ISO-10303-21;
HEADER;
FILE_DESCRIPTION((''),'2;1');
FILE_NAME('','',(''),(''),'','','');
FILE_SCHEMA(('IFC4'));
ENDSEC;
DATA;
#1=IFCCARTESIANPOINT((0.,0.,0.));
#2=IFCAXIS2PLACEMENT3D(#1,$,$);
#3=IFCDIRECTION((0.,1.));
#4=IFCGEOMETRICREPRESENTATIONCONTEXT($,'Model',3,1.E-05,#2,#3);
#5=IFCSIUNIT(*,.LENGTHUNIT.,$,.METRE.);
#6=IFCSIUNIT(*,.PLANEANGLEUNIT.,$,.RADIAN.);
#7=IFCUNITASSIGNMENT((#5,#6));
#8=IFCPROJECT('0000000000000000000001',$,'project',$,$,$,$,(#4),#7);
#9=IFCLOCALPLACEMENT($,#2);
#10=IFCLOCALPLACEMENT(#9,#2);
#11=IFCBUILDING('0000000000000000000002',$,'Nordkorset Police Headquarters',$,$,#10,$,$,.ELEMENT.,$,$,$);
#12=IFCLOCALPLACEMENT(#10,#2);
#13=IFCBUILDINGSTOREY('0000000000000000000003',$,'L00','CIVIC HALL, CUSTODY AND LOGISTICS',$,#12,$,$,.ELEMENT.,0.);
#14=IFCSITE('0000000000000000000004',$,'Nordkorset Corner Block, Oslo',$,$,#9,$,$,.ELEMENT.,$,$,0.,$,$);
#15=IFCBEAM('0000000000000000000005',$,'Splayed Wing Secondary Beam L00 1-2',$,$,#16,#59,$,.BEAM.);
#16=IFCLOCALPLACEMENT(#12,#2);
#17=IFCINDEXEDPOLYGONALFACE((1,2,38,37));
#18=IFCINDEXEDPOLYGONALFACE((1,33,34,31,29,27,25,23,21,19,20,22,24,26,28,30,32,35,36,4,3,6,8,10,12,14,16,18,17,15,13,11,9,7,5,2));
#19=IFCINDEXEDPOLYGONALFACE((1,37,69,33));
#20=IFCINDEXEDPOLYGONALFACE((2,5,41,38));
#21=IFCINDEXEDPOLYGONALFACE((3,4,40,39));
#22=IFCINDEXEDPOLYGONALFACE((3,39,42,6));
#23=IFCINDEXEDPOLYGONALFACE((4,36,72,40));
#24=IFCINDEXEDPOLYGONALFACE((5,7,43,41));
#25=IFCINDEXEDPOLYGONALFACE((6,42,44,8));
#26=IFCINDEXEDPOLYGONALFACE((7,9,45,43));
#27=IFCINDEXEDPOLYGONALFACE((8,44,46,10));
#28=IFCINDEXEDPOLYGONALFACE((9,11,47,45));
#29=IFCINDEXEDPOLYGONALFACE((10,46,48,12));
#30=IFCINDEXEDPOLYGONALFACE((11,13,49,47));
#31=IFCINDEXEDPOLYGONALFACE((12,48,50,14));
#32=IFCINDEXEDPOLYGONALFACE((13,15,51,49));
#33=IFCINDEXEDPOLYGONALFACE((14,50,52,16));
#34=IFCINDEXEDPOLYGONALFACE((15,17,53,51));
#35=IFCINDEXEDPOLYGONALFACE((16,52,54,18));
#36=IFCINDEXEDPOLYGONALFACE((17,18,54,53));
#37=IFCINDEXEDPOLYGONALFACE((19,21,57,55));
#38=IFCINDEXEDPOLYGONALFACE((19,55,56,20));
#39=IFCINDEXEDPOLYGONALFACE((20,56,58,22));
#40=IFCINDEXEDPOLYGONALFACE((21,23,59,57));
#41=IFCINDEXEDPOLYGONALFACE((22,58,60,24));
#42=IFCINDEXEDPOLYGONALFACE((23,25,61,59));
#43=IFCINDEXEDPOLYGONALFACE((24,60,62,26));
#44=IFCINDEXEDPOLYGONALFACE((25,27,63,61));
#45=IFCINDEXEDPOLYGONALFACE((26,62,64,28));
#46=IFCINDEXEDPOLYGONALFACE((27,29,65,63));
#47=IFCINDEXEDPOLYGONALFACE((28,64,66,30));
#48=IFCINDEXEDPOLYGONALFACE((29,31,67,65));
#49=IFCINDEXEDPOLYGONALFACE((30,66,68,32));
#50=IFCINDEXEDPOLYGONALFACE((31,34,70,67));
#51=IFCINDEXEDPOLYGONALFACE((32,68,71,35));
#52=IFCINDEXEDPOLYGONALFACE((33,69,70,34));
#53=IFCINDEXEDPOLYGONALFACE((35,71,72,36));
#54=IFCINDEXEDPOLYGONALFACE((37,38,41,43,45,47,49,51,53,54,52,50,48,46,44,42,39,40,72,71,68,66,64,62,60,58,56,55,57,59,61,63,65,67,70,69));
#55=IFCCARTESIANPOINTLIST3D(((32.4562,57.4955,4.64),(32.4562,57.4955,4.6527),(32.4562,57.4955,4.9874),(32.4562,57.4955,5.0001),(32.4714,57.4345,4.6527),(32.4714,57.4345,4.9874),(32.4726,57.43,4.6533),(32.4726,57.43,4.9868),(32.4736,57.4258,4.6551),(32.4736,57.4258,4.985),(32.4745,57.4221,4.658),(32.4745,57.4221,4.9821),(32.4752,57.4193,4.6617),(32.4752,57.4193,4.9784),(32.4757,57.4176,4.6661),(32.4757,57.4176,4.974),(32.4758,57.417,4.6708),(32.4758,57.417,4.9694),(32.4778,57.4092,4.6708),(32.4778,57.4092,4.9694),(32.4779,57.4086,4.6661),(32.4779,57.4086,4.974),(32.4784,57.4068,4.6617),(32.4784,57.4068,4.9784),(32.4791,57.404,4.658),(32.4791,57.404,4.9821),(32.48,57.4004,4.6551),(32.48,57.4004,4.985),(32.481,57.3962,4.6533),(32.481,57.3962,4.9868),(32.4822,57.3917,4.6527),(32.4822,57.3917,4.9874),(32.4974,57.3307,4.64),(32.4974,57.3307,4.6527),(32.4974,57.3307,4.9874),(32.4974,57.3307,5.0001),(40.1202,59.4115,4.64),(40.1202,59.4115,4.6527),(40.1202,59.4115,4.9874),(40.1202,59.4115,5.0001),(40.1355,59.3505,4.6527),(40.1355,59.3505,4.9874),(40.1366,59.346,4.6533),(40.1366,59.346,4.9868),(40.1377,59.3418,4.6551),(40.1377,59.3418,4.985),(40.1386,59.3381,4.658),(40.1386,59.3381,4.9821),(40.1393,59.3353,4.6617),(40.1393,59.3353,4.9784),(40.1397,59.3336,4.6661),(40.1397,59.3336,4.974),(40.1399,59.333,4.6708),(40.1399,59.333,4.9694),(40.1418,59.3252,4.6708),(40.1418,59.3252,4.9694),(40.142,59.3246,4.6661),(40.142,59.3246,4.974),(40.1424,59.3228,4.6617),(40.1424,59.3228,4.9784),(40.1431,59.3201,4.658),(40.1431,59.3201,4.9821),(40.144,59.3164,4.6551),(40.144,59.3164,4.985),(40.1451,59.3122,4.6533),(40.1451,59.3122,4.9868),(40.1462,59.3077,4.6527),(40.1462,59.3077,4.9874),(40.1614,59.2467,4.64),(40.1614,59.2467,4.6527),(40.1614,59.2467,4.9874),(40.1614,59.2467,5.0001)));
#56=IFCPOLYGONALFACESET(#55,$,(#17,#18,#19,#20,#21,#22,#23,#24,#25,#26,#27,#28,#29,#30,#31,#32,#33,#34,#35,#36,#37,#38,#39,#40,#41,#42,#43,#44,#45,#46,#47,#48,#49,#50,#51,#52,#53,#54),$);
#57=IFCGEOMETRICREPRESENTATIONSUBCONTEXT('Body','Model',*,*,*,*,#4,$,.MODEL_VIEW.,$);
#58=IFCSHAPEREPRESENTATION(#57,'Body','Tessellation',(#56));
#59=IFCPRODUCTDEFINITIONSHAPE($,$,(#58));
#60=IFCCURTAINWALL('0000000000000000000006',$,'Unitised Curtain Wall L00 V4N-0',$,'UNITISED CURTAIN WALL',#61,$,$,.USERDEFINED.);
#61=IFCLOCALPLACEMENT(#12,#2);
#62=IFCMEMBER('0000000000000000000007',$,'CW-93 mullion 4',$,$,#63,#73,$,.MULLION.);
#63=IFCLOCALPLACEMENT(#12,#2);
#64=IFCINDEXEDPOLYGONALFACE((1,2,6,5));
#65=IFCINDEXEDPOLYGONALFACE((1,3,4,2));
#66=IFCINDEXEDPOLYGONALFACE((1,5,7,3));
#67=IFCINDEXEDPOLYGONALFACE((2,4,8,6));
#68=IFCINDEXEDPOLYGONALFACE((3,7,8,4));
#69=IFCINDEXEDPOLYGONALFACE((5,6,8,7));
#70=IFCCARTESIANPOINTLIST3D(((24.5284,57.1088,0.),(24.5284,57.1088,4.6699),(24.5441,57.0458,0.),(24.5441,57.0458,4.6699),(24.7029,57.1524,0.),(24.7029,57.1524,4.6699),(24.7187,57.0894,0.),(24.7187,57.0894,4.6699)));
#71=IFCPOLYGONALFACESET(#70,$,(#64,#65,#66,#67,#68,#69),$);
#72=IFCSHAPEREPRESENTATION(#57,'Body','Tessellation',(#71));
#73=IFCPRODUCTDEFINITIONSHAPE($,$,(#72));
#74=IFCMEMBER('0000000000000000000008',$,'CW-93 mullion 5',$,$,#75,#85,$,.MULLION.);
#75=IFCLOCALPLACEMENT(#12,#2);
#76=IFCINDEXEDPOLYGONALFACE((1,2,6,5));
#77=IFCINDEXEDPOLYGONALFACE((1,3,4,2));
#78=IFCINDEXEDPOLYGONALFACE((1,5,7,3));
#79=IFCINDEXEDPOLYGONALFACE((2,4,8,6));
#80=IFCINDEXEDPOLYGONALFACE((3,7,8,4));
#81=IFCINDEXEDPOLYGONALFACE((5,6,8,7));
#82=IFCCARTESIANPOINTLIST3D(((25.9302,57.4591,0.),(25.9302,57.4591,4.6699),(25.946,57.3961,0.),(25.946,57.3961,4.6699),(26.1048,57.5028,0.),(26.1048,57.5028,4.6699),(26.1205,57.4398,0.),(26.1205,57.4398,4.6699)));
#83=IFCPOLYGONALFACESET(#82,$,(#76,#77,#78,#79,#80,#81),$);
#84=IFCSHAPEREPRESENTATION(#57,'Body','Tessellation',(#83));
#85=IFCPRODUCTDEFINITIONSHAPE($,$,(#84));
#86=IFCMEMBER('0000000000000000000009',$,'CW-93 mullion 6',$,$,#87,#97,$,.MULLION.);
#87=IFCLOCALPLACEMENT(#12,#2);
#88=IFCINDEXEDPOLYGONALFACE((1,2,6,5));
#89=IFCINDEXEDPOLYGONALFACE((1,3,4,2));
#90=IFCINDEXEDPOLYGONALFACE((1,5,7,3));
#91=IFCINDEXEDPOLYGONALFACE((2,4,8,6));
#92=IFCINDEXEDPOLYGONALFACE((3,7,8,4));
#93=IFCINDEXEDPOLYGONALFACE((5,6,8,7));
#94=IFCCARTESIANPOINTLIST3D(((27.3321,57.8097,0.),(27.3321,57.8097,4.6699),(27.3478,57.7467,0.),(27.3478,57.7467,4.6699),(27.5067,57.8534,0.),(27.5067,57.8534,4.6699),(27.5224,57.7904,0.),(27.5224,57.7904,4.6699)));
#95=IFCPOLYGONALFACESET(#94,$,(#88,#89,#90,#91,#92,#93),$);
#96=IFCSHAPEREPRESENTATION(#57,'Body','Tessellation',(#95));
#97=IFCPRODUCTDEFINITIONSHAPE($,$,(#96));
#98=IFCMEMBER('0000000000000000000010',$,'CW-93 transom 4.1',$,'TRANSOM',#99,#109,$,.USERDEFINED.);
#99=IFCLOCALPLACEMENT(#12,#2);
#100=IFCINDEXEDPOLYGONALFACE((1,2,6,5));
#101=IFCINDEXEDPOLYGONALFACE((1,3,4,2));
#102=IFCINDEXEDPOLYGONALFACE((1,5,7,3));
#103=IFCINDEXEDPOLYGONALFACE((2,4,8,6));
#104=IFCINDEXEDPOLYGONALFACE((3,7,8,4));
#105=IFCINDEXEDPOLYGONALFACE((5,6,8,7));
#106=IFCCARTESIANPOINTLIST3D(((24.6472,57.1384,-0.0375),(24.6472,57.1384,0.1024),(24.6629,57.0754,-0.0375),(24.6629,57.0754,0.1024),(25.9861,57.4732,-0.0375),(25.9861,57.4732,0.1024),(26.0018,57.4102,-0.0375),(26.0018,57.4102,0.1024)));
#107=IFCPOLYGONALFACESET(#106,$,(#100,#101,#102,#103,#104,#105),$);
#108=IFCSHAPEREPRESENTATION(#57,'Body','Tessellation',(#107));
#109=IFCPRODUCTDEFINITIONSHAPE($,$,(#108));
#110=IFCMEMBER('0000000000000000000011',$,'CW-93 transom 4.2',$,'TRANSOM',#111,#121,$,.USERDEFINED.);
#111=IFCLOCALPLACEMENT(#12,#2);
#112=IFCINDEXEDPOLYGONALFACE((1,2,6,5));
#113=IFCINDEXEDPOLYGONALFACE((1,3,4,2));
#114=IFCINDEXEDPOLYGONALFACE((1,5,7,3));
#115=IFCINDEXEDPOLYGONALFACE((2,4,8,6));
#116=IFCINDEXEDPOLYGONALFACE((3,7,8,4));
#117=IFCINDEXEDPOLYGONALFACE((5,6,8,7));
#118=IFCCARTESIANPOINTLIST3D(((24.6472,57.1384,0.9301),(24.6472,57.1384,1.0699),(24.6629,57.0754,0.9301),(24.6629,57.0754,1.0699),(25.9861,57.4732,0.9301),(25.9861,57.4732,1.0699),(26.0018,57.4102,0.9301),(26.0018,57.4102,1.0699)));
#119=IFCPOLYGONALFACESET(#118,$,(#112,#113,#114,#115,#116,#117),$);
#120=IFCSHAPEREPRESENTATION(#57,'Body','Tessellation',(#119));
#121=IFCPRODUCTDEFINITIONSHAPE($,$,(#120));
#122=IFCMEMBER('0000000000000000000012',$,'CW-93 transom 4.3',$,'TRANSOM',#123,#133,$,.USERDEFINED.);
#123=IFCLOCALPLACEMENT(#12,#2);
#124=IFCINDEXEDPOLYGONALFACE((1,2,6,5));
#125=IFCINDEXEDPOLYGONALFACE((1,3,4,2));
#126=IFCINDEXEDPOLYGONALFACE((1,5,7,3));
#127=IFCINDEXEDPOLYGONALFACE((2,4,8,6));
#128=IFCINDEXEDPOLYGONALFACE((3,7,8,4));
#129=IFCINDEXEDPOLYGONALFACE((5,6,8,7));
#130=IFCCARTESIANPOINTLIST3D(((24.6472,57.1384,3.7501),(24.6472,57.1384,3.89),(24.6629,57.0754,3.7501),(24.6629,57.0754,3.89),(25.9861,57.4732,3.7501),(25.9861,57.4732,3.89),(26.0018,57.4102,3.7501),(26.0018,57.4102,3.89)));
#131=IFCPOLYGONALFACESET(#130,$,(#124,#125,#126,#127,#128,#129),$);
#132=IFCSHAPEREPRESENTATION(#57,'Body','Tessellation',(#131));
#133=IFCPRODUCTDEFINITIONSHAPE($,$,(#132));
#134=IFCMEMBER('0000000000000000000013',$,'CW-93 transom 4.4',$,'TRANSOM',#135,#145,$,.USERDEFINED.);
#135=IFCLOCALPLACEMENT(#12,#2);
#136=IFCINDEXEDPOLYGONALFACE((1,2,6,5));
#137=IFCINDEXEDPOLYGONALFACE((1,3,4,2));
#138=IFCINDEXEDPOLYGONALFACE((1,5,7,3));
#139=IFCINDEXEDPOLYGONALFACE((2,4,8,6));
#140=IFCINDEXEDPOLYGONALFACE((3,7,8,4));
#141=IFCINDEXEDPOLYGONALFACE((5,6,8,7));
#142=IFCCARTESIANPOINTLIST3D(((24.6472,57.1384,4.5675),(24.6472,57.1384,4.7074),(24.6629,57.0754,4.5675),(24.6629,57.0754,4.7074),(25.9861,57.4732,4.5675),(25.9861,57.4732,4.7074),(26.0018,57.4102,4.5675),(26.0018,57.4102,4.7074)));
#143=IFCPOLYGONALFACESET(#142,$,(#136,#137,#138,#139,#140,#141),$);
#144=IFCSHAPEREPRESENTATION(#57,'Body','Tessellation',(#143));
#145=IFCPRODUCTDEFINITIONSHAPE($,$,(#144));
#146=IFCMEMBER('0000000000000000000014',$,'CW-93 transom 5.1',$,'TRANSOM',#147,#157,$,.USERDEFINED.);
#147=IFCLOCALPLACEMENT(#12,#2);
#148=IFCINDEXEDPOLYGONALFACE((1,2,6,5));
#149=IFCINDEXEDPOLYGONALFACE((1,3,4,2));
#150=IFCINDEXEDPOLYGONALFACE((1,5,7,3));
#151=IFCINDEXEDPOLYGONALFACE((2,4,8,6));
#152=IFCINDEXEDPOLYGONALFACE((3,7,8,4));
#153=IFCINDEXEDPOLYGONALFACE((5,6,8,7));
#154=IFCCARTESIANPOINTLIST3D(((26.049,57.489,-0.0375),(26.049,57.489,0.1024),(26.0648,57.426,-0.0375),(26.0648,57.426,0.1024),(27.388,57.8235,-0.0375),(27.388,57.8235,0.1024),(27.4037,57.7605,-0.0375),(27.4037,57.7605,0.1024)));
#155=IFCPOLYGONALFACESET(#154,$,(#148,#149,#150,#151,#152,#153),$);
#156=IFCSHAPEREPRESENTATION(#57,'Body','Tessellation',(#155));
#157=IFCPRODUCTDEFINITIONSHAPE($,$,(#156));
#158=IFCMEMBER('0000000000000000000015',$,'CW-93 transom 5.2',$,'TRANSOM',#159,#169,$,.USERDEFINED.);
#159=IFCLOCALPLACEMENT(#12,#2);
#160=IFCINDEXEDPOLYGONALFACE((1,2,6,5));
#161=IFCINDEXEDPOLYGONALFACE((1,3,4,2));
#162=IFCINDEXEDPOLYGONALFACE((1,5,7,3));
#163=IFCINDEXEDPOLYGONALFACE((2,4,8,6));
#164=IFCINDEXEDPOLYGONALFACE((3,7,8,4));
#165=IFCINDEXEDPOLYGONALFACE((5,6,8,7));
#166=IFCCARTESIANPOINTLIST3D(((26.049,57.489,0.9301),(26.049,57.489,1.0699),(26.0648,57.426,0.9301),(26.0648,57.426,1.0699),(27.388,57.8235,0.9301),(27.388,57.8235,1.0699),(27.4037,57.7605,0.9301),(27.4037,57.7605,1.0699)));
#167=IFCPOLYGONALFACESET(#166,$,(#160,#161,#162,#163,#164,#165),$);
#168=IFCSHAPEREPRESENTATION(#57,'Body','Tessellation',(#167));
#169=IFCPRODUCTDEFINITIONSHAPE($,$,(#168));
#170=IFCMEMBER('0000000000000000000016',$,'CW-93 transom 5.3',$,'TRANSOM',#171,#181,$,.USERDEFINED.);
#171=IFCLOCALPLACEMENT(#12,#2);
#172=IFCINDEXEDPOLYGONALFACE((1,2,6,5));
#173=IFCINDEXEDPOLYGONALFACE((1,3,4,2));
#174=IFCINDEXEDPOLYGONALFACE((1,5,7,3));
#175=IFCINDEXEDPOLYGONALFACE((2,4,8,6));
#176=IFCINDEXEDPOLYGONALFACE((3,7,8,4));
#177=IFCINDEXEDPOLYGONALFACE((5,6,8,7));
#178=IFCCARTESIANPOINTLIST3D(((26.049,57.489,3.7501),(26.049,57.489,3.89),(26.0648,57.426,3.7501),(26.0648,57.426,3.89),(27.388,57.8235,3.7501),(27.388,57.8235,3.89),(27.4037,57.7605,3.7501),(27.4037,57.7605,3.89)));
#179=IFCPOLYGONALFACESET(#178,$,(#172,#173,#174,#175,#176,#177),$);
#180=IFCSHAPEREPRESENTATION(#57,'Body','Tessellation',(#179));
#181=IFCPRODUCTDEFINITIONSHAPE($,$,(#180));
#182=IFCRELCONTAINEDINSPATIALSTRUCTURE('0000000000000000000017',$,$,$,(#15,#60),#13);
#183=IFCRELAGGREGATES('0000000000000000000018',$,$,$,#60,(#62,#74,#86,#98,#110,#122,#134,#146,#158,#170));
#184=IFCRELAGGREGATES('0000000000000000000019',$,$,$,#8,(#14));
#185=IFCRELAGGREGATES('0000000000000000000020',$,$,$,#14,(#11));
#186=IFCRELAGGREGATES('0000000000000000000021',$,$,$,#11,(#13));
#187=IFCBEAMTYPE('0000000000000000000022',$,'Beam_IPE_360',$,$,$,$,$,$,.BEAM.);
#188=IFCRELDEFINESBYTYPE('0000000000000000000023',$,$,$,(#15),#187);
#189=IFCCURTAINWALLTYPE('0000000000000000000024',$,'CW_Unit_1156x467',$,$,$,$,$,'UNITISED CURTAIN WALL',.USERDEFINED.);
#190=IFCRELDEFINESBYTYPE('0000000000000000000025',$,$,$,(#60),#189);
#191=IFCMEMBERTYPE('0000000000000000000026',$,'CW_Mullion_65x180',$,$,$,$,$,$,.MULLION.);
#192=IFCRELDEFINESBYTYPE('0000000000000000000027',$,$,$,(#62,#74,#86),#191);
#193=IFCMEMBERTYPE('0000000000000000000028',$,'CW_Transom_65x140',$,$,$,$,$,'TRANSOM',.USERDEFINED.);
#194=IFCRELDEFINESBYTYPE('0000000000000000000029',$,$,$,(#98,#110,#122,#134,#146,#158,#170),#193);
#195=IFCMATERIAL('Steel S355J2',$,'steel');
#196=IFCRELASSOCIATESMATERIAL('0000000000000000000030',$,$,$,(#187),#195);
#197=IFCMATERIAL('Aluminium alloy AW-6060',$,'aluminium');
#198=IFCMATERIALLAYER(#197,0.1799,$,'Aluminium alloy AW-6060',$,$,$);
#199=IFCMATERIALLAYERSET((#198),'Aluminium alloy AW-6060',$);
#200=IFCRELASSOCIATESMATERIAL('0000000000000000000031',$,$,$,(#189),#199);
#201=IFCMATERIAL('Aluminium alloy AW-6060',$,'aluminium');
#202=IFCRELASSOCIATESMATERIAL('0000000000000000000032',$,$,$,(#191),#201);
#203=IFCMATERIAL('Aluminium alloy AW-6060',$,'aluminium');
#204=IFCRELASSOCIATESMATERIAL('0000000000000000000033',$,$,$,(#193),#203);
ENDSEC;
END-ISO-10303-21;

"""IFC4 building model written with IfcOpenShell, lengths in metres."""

from ifc_helpers import new_model, si_unit, direction, frame, origin, origin_2d, place, context, subcontext, project, spatial, rectangle, i_section, extrude, material, layer, layer_set, material_profile, profile_set, type_object, element, aggregate, save


model = new_model("IFC4")

# Units and contexts
model_context = context("Model", 3, precision=1e-05, world=origin(), true_north=direction((0.0, 1.0)))
body_context = subcontext(model_context, "Body", "Model", "MODEL_VIEW")
ifc_project = project(units=[si_unit("LENGTHUNIT", "METRE"), si_unit("PLANEANGLEUNIT", "RADIAN")], contexts=[model_context])

# Site, building, storey
site_placement = place(None, origin())
site = spatial("IfcSite", under=ifc_project, at=site_placement, Name="Nordkorset Corner Block, Oslo", CompositionType="ELEMENT", RefElevation=0.0)
building_placement = place(site_placement, origin())
building = spatial("IfcBuilding", under=site, at=building_placement, Name="Nordkorset Police Headquarters", CompositionType="ELEMENT")
storey_placement = place(building_placement, origin())
storey = spatial("IfcBuildingStorey", under=building, at=storey_placement, Name="L00", Description="CIVIC HALL, CUSTODY AND LOGISTICS", CompositionType="ELEMENT", Elevation=0.0)

# Beam
ifc_material_1 = material(Name="Steel S355J2", Category="steel")
ifc_material_profile_1 = material_profile(ifc_material_1, i_section(OverallWidth=0.1699, OverallDepth=0.3601, WebThickness=0.0081, FlangeThickness=0.0127, FilletRadius=0.0181, at=origin_2d()), Name="IPE 360")
ifc_profile_set_1 = profile_set([ifc_material_profile_1], Name="Steel S355J2")
beam_type = type_object("IfcBeamType", Name="Beam_IPE_360", PredefinedType="BEAM", material=ifc_profile_set_1)
beam_placement = place(storey_placement, frame((32.4768, 57.4131, 4.8201), z_axis=(0.970143, 0.242536, 0.0), x_axis=(-0.242536, 0.970143, 0.0)))
element("IfcBeam", 1, at=beam_placement, inside=storey, type_object=beam_type, Name="Splayed Wing Secondary Beam L00 1-2", PredefinedType="BEAM", context=body_context, shape_type="SweptSolid", body=[
    extrude(i_section(OverallWidth=0.1699, OverallDepth=0.3601, WebThickness=0.0081, FlangeThickness=0.0127, FilletRadius=0.0181, at=origin_2d()), origin(), (0.0, 0.0, 1.0), 7.8999),
])

# Curtain wall, members
ifc_material_2 = material(Name="Aluminium alloy AW-6060", Category="aluminium")
ifc_layer_1 = layer(ifc_material_2, 0.1799, Name="Aluminium alloy AW-6060")
ifc_layer_set_1 = layer_set([ifc_layer_1], Name="Aluminium alloy AW-6060")
curtain_wall_type = type_object("IfcCurtainWallType", Name="CW_Unit_1156x467", ElementType="UNITISED CURTAIN WALL", PredefinedType="USERDEFINED", material=ifc_layer_set_1)
curtain_wall_placement = place(storey_placement, origin())
curtain_wall = element("IfcCurtainWall", 2, at=curtain_wall_placement, inside=storey, type_object=curtain_wall_type, Name="Unitised Curtain Wall L00 V4N-0", ObjectType="UNITISED CURTAIN WALL", PredefinedType="USERDEFINED")
ifc_material_3 = material(Name="Aluminium alloy AW-6060", Category="aluminium")
ifc_material_profile_2 = material_profile(ifc_material_3, rectangle(XDim=0.0649, YDim=0.1799, at=origin_2d()), Name="ALU MULL 65x180")
ifc_profile_set_2 = profile_set([ifc_material_profile_2], Name="Aluminium alloy AW-6060")
member_type_1 = type_object("IfcMemberType", Name="CW_Mullion_65x180", PredefinedType="MULLION", material=ifc_profile_set_2)
member_1_placement = place(storey_placement, frame((24.6235, 57.0991, 0.0), z_axis=(0.0, 0.0, 1.0), x_axis=(-0.242536, 0.970142, 0.0)))
member_1 = element("IfcMember", 3, at=member_1_placement, type_object=member_type_1, Name="CW-93 mullion 4", PredefinedType="MULLION", context=body_context, shape_type="SweptSolid", body=[
    extrude(rectangle(XDim=0.0649, YDim=0.1799, at=origin_2d()), origin(), (0.0, 0.0, 1.0), 4.6699),
])
member_2_placement = place(storey_placement, frame((26.0254, 57.4495, 0.0), z_axis=(0.0, 0.0, 1.0), x_axis=(-0.242536, 0.970142, 0.0)))
member_2 = element("IfcMember", 4, at=member_2_placement, type_object=member_type_1, Name="CW-93 mullion 5", PredefinedType="MULLION", context=body_context, shape_type="SweptSolid", body=[
    extrude(rectangle(XDim=0.0649, YDim=0.1799, at=origin_2d()), origin(), (0.0, 0.0, 1.0), 4.6699),
])
member_3_placement = place(storey_placement, frame((27.4272, 57.8, 0.0), z_axis=(0.0, 0.0, 1.0), x_axis=(-0.242536, 0.970142, 0.0)))
member_3 = element("IfcMember", 5, at=member_3_placement, type_object=member_type_1, Name="CW-93 mullion 6", PredefinedType="MULLION", context=body_context, shape_type="SweptSolid", body=[
    extrude(rectangle(XDim=0.0649, YDim=0.1799, at=origin_2d()), origin(), (0.0, 0.0, 1.0), 4.6699),
])
ifc_material_4 = material(Name="Aluminium alloy AW-6060", Category="aluminium")
ifc_material_profile_3 = material_profile(ifc_material_4, rectangle(XDim=0.0649, YDim=0.1399, at=origin_2d()), Name="ALU TRAN 65x140")
ifc_profile_set_3 = profile_set([ifc_material_profile_3], Name="Aluminium alloy AW-6060")
member_type_2 = type_object("IfcMemberType", Name="CW_Transom_65x140", ElementType="TRANSOM", PredefinedType="USERDEFINED", material=ifc_profile_set_3)
member_4_placement = place(storey_placement, frame((24.655, 57.1069, 0.0325), z_axis=(0.970143, 0.242536, 0.0), x_axis=(-0.242536, 0.970143, 0.0)))
member_4 = element("IfcMember", 6, at=member_4_placement, type_object=member_type_2, Name="CW-93 transom 4.1", ObjectType="TRANSOM", PredefinedType="USERDEFINED", context=body_context, shape_type="SweptSolid", body=[
    extrude(rectangle(XDim=0.0649, YDim=0.1399, at=origin_2d()), origin(), (0.0, 0.0, 1.0), 1.3801),
])
member_5_placement = place(storey_placement, frame((24.655, 57.1069, 1.0), z_axis=(0.970143, 0.242536, 0.0), x_axis=(-0.242536, 0.970143, 0.0)))
member_5 = element("IfcMember", 7, at=member_5_placement, type_object=member_type_2, Name="CW-93 transom 4.2", ObjectType="TRANSOM", PredefinedType="USERDEFINED", context=body_context, shape_type="SweptSolid", body=[
    extrude(rectangle(XDim=0.0649, YDim=0.1399, at=origin_2d()), origin(), (0.0, 0.0, 1.0), 1.3801),
])
member_6_placement = place(storey_placement, frame((24.655, 57.1069, 3.8201), z_axis=(0.970143, 0.242536, 0.0), x_axis=(-0.242536, 0.970143, 0.0)))
member_6 = element("IfcMember", 8, at=member_6_placement, type_object=member_type_2, Name="CW-93 transom 4.3", ObjectType="TRANSOM", PredefinedType="USERDEFINED", context=body_context, shape_type="SweptSolid", body=[
    extrude(rectangle(XDim=0.0649, YDim=0.1399, at=origin_2d()), origin(), (0.0, 0.0, 1.0), 1.3801),
])
member_7_placement = place(storey_placement, frame((24.655, 57.1069, 4.6375), z_axis=(0.970143, 0.242536, 0.0), x_axis=(-0.242536, 0.970143, 0.0)))
member_7 = element("IfcMember", 9, at=member_7_placement, type_object=member_type_2, Name="CW-93 transom 4.4", ObjectType="TRANSOM", PredefinedType="USERDEFINED", context=body_context, shape_type="SweptSolid", body=[
    extrude(rectangle(XDim=0.0649, YDim=0.1399, at=origin_2d()), origin(), (0.0, 0.0, 1.0), 1.3801),
])
member_8_placement = place(storey_placement, frame((26.0569, 57.4575, 0.0325), z_axis=(0.970184, 0.242369, 0.0), x_axis=(-0.242369, 0.970184, 0.0)))
member_8 = element("IfcMember", 10, at=member_8_placement, type_object=member_type_2, Name="CW-93 transom 5.1", ObjectType="TRANSOM", PredefinedType="USERDEFINED", context=body_context, shape_type="SweptSolid", body=[
    extrude(rectangle(XDim=0.0649, YDim=0.1399, at=origin_2d()), origin(), (0.0, 0.0, 1.0), 1.3801),
])
member_9_placement = place(storey_placement, frame((26.0569, 57.4575, 1.0), z_axis=(0.970184, 0.242369, 0.0), x_axis=(-0.242369, 0.970184, 0.0)))
member_9 = element("IfcMember", 11, at=member_9_placement, type_object=member_type_2, Name="CW-93 transom 5.2", ObjectType="TRANSOM", PredefinedType="USERDEFINED", context=body_context, shape_type="SweptSolid", body=[
    extrude(rectangle(XDim=0.0649, YDim=0.1399, at=origin_2d()), origin(), (0.0, 0.0, 1.0), 1.3801),
])
member_10_placement = place(storey_placement, frame((26.0569, 57.4575, 3.8201), z_axis=(0.970184, 0.242369, 0.0), x_axis=(-0.242369, 0.970184, 0.0)))
member_10 = element("IfcMember", 12, at=member_10_placement, type_object=member_type_2, Name="CW-93 transom 5.3", ObjectType="TRANSOM", PredefinedType="USERDEFINED", context=body_context, shape_type="SweptSolid", body=[
    extrude(rectangle(XDim=0.0649, YDim=0.1399, at=origin_2d()), origin(), (0.0, 0.0, 1.0), 1.3801),
])
aggregate(curtain_wall, [member_1, member_2, member_3, member_4, member_5, member_6, member_7, member_8, member_9, member_10])

save(model, "model.ifc")
